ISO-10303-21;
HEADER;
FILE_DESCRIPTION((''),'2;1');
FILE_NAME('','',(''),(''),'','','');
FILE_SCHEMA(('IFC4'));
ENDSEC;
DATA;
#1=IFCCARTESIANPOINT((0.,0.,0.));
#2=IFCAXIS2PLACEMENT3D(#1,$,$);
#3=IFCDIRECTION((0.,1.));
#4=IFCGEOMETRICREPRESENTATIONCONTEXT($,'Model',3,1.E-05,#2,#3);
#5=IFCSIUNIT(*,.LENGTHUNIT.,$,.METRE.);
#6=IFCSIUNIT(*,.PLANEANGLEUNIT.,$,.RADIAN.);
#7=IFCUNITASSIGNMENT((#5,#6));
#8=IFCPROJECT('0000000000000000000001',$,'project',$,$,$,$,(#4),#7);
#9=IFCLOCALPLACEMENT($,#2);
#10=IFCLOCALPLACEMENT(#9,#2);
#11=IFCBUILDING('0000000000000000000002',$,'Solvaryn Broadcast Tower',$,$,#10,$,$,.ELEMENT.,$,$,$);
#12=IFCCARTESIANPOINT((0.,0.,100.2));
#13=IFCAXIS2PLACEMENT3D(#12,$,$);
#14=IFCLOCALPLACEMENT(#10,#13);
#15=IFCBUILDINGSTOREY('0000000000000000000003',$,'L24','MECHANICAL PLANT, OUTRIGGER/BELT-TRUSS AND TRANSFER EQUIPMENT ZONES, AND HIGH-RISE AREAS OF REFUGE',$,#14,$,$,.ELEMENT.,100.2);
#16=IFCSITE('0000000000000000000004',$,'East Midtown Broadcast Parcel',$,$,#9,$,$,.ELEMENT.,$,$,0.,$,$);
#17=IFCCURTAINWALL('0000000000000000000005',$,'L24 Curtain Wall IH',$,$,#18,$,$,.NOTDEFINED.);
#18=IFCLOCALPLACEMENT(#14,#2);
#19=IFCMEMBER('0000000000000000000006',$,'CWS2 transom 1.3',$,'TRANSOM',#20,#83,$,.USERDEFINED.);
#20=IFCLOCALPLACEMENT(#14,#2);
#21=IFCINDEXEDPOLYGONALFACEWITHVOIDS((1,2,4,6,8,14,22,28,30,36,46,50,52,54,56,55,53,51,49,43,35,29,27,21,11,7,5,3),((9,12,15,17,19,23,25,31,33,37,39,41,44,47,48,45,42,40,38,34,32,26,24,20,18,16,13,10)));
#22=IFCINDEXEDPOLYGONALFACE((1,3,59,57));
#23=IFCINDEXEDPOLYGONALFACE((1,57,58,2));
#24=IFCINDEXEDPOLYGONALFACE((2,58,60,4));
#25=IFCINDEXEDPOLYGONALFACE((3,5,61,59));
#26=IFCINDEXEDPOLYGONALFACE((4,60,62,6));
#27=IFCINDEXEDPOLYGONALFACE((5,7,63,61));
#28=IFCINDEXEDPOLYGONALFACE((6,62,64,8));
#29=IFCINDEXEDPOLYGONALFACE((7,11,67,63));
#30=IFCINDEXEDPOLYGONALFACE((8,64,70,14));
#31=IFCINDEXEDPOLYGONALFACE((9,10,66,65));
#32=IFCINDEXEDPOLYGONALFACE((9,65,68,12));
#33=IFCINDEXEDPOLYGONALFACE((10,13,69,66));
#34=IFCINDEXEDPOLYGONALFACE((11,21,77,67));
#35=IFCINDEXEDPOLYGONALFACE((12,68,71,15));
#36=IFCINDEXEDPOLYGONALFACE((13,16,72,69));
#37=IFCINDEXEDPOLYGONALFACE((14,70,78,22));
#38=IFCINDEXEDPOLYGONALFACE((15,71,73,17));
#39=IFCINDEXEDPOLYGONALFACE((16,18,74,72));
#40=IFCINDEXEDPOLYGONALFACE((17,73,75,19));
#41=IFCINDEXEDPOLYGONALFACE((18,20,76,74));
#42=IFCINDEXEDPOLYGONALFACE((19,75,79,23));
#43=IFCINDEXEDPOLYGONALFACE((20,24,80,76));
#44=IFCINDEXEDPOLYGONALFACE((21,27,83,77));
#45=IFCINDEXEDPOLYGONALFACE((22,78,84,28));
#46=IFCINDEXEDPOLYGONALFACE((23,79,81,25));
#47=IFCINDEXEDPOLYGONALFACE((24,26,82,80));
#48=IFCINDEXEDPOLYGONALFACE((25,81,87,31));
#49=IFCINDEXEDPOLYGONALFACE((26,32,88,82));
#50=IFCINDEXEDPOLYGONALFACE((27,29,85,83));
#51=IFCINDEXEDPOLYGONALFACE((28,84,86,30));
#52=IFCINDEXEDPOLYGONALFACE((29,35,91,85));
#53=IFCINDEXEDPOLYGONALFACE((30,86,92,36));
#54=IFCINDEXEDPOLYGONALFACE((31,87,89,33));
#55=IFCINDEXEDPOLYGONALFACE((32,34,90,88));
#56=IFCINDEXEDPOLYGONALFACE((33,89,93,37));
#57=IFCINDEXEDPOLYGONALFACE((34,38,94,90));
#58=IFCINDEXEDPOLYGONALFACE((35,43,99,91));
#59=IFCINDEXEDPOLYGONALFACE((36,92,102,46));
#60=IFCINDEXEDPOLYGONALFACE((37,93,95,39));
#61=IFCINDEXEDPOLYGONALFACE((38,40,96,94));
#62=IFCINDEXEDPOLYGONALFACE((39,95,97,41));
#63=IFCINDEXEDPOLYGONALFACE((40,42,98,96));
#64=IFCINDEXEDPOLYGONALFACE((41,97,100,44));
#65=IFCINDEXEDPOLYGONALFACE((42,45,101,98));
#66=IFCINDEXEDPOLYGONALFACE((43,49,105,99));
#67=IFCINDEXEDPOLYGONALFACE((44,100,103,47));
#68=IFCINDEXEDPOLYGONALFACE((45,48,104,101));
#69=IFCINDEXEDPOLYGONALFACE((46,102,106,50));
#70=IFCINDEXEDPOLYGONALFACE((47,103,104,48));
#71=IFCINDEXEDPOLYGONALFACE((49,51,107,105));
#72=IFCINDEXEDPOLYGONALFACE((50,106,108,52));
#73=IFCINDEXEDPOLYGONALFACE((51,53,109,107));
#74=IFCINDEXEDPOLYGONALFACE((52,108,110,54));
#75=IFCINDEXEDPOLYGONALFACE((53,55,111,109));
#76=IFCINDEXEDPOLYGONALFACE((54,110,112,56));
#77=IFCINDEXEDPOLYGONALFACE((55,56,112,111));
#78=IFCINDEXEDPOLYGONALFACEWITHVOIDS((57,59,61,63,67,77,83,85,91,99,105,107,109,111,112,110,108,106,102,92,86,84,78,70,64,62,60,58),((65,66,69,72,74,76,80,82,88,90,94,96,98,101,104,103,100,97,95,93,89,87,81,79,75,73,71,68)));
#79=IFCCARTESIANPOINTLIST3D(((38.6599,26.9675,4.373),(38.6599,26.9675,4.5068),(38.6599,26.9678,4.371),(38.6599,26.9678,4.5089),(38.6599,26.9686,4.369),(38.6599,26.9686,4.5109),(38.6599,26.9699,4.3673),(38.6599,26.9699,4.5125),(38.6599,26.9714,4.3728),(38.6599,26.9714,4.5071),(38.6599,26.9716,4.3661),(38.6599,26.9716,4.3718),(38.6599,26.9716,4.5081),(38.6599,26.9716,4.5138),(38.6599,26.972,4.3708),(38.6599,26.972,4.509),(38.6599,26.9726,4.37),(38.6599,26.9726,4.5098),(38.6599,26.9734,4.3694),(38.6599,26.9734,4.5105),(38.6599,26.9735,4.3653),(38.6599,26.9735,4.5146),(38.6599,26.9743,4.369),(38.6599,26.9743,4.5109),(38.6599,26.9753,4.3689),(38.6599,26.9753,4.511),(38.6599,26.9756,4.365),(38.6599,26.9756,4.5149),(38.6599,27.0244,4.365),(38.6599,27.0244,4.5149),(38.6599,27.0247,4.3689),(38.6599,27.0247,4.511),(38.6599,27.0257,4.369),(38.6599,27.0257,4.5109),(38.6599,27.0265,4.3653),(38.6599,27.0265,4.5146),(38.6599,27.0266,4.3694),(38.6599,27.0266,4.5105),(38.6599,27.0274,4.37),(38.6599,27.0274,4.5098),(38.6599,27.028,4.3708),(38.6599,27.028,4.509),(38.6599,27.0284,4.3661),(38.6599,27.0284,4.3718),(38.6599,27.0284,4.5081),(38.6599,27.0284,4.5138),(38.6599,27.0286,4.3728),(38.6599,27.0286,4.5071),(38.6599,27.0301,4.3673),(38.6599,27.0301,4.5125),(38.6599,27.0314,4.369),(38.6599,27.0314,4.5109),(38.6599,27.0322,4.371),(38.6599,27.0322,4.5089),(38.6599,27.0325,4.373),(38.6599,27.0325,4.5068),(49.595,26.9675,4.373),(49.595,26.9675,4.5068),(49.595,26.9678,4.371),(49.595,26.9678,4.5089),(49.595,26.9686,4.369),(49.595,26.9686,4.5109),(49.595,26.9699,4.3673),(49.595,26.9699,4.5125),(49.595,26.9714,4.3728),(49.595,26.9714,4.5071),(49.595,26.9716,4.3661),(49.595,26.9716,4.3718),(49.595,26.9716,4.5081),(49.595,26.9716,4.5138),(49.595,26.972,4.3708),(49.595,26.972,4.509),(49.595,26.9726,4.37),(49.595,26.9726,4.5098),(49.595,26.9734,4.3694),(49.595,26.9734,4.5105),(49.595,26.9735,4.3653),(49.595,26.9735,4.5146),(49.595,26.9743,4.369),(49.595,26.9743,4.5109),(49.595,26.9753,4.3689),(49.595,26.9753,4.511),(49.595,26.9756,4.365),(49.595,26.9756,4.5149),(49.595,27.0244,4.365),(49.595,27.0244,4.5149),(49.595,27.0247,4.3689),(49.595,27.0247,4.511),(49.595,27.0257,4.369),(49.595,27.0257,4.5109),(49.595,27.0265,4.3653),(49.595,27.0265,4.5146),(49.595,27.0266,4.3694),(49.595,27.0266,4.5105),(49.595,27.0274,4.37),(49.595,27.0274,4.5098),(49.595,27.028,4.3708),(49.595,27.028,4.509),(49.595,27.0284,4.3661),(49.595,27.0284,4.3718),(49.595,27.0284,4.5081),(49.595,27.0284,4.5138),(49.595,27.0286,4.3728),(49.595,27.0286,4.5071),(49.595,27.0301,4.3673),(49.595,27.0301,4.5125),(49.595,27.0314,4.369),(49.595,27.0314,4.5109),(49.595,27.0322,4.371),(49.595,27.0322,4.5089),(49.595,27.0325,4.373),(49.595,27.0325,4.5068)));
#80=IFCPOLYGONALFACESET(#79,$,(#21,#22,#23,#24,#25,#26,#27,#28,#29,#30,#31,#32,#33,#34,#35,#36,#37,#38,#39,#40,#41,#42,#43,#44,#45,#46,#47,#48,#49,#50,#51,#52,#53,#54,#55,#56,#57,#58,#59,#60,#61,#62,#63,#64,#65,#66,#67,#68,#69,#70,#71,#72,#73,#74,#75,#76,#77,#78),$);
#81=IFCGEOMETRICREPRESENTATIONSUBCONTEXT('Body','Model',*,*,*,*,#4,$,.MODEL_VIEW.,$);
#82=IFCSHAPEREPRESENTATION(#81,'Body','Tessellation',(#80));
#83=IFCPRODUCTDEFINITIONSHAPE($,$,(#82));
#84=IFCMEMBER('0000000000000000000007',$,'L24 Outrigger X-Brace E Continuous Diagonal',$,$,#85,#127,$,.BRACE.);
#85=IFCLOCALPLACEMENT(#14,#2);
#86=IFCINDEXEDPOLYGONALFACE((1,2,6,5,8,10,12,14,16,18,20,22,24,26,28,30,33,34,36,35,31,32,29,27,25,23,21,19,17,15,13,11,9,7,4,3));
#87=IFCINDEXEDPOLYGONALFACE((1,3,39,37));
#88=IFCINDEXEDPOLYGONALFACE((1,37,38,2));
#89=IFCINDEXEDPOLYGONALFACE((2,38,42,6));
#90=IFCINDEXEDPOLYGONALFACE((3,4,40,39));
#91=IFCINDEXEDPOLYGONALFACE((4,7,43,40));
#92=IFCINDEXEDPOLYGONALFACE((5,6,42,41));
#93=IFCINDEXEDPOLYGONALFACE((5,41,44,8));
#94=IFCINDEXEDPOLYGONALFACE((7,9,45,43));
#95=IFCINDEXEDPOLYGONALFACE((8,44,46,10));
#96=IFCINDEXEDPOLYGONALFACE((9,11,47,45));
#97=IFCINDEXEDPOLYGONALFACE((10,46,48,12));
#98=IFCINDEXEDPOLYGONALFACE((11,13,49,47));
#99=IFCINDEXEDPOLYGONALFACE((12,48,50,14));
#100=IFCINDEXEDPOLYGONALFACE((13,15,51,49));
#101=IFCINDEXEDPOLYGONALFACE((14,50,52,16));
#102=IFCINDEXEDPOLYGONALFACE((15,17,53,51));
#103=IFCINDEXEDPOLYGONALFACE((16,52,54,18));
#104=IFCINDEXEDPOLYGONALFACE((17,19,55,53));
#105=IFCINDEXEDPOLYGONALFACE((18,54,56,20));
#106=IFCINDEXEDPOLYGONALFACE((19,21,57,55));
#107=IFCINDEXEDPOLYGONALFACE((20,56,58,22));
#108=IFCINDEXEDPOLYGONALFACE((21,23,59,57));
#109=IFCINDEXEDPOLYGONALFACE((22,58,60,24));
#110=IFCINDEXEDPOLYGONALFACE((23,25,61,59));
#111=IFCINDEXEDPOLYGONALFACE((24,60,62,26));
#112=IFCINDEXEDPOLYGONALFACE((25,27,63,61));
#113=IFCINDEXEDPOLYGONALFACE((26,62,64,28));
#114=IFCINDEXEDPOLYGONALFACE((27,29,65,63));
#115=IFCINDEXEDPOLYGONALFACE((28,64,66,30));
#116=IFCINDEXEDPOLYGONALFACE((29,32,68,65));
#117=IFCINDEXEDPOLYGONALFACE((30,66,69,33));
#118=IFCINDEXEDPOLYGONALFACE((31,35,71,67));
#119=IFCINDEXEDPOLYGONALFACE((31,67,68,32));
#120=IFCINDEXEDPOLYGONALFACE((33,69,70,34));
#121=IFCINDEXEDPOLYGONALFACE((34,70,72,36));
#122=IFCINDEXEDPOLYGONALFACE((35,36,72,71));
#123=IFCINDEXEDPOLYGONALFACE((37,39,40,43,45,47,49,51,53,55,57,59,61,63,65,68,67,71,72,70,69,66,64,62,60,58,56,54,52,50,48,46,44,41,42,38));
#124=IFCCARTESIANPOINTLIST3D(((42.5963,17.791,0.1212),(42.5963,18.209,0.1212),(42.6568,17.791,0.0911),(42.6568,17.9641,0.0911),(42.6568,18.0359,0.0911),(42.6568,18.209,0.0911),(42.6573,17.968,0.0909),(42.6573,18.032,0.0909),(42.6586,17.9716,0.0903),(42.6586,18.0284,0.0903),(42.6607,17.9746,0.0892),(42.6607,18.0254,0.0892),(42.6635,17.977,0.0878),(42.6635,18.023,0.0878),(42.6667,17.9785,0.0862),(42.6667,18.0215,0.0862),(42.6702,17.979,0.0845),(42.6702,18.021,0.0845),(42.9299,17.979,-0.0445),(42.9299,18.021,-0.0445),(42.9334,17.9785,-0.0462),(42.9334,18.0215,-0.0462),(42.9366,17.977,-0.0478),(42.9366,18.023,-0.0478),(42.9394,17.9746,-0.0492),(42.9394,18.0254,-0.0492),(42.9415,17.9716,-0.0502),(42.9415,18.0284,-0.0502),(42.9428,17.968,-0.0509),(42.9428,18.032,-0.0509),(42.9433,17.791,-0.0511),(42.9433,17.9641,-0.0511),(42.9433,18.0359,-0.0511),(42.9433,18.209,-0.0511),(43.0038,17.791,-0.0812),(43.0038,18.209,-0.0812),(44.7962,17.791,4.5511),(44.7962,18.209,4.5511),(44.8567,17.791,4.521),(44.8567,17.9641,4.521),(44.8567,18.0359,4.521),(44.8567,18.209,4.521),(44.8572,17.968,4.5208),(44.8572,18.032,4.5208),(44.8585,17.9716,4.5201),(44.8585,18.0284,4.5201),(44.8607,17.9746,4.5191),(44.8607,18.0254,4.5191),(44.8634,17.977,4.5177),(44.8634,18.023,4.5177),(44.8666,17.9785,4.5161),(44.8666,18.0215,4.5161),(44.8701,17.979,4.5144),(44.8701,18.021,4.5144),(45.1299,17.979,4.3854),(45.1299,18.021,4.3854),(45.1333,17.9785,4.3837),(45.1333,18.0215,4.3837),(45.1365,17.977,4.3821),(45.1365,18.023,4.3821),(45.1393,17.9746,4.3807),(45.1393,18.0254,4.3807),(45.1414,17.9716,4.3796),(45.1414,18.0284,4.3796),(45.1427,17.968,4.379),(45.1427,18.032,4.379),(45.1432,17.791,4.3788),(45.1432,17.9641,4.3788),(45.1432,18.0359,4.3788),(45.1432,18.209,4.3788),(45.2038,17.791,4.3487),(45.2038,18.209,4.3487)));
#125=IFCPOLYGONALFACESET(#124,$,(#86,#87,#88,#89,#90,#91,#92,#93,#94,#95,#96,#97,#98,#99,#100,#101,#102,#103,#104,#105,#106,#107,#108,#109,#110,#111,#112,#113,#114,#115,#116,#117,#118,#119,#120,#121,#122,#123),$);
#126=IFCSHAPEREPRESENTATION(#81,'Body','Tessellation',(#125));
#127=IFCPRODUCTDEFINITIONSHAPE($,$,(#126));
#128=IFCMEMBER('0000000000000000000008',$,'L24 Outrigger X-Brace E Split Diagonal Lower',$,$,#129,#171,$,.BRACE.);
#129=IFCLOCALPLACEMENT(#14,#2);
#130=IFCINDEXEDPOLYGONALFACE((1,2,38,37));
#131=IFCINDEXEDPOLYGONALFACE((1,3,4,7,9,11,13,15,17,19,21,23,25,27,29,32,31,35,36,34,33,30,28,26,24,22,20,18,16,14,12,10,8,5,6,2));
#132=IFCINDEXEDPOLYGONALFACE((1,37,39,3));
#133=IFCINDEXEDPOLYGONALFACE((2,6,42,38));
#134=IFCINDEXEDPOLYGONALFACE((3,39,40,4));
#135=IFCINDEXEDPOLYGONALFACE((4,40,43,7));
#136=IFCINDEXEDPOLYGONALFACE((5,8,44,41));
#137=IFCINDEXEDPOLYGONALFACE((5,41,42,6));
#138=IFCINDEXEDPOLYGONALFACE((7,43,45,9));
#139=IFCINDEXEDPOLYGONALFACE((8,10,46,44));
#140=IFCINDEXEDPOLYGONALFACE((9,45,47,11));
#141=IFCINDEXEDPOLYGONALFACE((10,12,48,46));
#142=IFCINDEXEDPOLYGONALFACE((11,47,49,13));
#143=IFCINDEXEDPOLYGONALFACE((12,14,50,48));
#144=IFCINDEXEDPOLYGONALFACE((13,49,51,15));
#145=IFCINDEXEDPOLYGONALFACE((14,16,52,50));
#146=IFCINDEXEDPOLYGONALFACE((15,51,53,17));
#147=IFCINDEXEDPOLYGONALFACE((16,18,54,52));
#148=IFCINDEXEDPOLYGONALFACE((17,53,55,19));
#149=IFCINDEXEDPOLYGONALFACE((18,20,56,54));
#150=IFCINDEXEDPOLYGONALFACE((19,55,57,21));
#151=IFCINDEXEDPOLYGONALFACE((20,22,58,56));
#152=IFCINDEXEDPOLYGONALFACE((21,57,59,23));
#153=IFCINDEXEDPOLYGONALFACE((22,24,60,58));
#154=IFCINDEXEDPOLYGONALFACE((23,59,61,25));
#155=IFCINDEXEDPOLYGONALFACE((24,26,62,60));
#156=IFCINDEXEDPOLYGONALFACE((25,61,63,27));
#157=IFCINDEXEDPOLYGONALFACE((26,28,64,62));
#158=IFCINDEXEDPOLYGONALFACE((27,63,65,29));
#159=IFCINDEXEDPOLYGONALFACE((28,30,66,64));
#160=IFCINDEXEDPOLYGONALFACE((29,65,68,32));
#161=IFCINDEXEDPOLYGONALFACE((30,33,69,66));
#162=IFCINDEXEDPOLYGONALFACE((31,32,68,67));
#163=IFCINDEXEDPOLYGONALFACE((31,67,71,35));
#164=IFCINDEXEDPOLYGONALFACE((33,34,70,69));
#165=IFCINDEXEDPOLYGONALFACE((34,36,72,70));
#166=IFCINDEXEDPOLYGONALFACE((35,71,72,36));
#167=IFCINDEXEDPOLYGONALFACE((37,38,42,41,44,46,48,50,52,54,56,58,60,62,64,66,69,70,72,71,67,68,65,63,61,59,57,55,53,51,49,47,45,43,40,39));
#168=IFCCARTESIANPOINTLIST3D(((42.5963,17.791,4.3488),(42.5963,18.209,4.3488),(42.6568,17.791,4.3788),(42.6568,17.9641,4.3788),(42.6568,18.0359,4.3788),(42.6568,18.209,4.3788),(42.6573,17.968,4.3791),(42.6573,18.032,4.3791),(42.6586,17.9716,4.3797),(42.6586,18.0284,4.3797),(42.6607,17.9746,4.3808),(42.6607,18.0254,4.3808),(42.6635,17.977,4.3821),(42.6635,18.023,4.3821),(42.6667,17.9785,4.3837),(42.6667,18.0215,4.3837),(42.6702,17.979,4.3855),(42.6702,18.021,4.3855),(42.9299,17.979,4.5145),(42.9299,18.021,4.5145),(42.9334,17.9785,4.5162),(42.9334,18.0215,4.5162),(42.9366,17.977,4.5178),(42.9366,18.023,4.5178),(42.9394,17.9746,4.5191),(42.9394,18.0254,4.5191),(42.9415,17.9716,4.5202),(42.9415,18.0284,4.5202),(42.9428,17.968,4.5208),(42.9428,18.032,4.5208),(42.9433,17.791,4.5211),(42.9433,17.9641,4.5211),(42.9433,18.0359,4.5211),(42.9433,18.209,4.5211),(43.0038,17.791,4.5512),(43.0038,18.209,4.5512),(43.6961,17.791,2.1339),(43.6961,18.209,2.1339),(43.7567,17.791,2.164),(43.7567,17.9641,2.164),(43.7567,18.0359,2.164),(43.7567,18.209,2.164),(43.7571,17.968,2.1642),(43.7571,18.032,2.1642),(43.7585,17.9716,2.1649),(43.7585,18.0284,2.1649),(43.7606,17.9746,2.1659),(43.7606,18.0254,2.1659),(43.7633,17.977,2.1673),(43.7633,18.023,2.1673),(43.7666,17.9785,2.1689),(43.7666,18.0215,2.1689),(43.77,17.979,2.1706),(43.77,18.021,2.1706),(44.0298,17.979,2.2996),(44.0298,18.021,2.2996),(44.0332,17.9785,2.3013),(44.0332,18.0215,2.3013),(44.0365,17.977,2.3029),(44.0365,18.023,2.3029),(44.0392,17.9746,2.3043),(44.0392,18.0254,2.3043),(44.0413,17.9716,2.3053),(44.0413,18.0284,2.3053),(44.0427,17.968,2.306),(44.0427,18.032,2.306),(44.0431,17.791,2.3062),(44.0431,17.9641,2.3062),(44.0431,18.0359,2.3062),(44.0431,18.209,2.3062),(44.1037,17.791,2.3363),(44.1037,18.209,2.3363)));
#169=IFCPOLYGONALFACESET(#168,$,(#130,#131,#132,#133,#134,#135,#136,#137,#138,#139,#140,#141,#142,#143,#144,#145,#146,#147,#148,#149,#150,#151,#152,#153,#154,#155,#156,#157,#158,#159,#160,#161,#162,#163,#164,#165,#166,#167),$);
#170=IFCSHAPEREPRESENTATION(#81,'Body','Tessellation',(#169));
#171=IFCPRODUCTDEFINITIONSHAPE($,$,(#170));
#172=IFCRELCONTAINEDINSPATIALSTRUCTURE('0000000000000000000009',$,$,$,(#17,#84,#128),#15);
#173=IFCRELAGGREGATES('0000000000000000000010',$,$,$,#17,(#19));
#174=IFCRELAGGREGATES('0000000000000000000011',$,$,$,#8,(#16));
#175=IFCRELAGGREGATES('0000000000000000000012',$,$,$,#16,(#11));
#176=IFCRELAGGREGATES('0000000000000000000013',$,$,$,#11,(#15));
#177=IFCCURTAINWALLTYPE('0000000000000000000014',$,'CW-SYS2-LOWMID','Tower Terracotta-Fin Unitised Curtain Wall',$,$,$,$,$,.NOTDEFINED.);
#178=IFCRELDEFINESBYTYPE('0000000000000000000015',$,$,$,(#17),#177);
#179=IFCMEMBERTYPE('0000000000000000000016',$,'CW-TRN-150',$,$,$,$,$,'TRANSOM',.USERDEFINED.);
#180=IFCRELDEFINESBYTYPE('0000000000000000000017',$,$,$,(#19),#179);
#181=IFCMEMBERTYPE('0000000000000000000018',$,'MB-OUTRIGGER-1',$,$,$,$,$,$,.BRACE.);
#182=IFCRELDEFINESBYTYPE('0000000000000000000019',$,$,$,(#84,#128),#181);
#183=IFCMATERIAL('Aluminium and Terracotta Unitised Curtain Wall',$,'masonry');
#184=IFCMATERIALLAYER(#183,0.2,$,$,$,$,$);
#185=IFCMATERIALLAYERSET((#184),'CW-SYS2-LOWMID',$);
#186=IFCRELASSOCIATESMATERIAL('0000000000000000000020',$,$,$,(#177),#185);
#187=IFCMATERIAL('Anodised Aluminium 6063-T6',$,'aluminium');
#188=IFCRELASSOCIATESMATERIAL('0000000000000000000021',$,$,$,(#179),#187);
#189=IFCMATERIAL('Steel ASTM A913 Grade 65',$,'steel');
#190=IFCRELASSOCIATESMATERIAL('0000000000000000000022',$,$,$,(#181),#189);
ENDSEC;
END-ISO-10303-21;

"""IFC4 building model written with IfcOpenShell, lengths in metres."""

from ifc_helpers import new_model, si_unit, direction, frame, origin, origin_2d, place, context, subcontext, project, spatial, hollow_rectangle, i_section, extrude, material, layer, layer_set, material_profile, profile_set, type_object, element, aggregate, save


model = new_model("IFC4")

# Units and contexts
model_context = context("Model", 3, precision=1e-05, world=origin(), true_north=direction((0.0, 1.0)))
body_context = subcontext(model_context, "Body", "Model", "MODEL_VIEW")
ifc_project = project(units=[si_unit("LENGTHUNIT", "METRE"), si_unit("PLANEANGLEUNIT", "RADIAN")], contexts=[model_context])

# Site, building, storey
site_placement = place(None, origin())
site = spatial("IfcSite", under=ifc_project, at=site_placement, Name="East Midtown Broadcast Parcel", CompositionType="ELEMENT", RefElevation=0.0)
building_placement = place(site_placement, origin())
building = spatial("IfcBuilding", under=site, at=building_placement, Name="Solvaryn Broadcast Tower", CompositionType="ELEMENT")
storey_placement = place(building_placement, frame((0.0, 0.0, 100.2)))
storey = spatial("IfcBuildingStorey", under=building, at=storey_placement, Name="L24", Description="MECHANICAL PLANT, OUTRIGGER/BELT-TRUSS AND TRANSFER EQUIPMENT ZONES, AND HIGH-RISE AREAS OF REFUGE", CompositionType="ELEMENT", Elevation=100.2)

# Curtain wall, member
ifc_material_1 = material(Name="Aluminium and Terracotta Unitised Curtain Wall", Category="masonry")
ifc_layer_1 = layer(ifc_material_1, 0.2)
ifc_layer_set_1 = layer_set([ifc_layer_1], Name="CW-SYS2-LOWMID")
curtain_wall_type = type_object("IfcCurtainWallType", Name="CW-SYS2-LOWMID", Description="Tower Terracotta-Fin Unitised Curtain Wall", PredefinedType="NOTDEFINED", material=ifc_layer_set_1)
curtain_wall_placement = place(storey_placement, origin())
curtain_wall = element("IfcCurtainWall", 1, at=curtain_wall_placement, inside=storey, type_object=curtain_wall_type, Name="L24 Curtain Wall IH", PredefinedType="NOTDEFINED")
ifc_material_2 = material(Name="Anodised Aluminium 6063-T6", Category="aluminium")
ifc_material_profile_1 = material_profile(ifc_material_2, hollow_rectangle(XDim=0.0649, YDim=0.1499, WallThickness=0.0039, InnerFilletRadius=0.0039, OuterFilletRadius=0.0081, at=origin_2d()))
ifc_profile_set_1 = profile_set([ifc_material_profile_1], Name="Anodised Aluminium 6063-T6")
member_type_1 = type_object("IfcMemberType", Name="CW-TRN-150", ElementType="TRANSOM", PredefinedType="USERDEFINED", material=ifc_profile_set_1)
member_1_placement = place(storey_placement, frame((38.6599, 27.0, 4.4399), z_axis=(1.0, 0.0, 0.0), x_axis=(0.0, 1.0, 0.0)))
member_1 = element("IfcMember", 2, at=member_1_placement, type_object=member_type_1, Name="CWS2 transom 1.3", ObjectType="TRANSOM", PredefinedType="USERDEFINED", context=body_context, shape_type="SweptSolid", body=[
    extrude(hollow_rectangle(XDim=0.0649, YDim=0.1499, WallThickness=0.0039, InnerFilletRadius=0.0039, OuterFilletRadius=0.0081, at=origin_2d()), origin(), (0.0, 0.0, 1.0), 10.9351),
])

# Members
ifc_material_3 = material(Name="Steel ASTM A913 Grade 65", Category="steel")
ifc_material_profile_2 = material_profile(ifc_material_3, i_section(OverallWidth=0.418, OverallDepth=0.4551, WebThickness=0.042, FlangeThickness=0.0676, FilletRadius=0.0149, at=origin_2d()))
ifc_profile_set_2 = profile_set([ifc_material_profile_2], Name="Steel ASTM A913 Grade 65")
member_type_2 = type_object("IfcMemberType", Name="MB-OUTRIGGER-1", PredefinedType="BRACE", material=ifc_profile_set_2)
member_2_placement = place(storey_placement, frame((42.8, 18.0, 0.02), z_axis=(0.444783, 0.0, 0.895638), x_axis=(0.0, 1.0, 0.0)))
element("IfcMember", 3, at=member_2_placement, inside=storey, type_object=member_type_2, Name="L24 Outrigger X-Brace E Continuous Diagonal", PredefinedType="BRACE", context=body_context, shape_type="SweptSolid", body=[
    extrude(i_section(OverallWidth=0.418, OverallDepth=0.4551, WebThickness=0.042, FlangeThickness=0.0676, FilletRadius=0.0149, at=origin_2d()), origin(), (0.0, 0.0, 1.0), 4.946),
])
member_3_placement = place(storey_placement, frame((42.8, 18.0, 4.45), z_axis=(0.444763, 0.0, -0.895648), x_axis=(0.0, 1.0, 0.0)))
element("IfcMember", 4, at=member_3_placement, inside=storey, type_object=member_type_2, Name="L24 Outrigger X-Brace E Split Diagonal Lower", PredefinedType="BRACE", context=body_context, shape_type="SweptSolid", body=[
    extrude(i_section(OverallWidth=0.418, OverallDepth=0.4551, WebThickness=0.042, FlangeThickness=0.0676, FilletRadius=0.0149, at=origin_2d()), origin(), (0.0, 0.0, 1.0), 2.4729),
])

aggregate(curtain_wall, [member_1])

save(model, "model.ifc")
